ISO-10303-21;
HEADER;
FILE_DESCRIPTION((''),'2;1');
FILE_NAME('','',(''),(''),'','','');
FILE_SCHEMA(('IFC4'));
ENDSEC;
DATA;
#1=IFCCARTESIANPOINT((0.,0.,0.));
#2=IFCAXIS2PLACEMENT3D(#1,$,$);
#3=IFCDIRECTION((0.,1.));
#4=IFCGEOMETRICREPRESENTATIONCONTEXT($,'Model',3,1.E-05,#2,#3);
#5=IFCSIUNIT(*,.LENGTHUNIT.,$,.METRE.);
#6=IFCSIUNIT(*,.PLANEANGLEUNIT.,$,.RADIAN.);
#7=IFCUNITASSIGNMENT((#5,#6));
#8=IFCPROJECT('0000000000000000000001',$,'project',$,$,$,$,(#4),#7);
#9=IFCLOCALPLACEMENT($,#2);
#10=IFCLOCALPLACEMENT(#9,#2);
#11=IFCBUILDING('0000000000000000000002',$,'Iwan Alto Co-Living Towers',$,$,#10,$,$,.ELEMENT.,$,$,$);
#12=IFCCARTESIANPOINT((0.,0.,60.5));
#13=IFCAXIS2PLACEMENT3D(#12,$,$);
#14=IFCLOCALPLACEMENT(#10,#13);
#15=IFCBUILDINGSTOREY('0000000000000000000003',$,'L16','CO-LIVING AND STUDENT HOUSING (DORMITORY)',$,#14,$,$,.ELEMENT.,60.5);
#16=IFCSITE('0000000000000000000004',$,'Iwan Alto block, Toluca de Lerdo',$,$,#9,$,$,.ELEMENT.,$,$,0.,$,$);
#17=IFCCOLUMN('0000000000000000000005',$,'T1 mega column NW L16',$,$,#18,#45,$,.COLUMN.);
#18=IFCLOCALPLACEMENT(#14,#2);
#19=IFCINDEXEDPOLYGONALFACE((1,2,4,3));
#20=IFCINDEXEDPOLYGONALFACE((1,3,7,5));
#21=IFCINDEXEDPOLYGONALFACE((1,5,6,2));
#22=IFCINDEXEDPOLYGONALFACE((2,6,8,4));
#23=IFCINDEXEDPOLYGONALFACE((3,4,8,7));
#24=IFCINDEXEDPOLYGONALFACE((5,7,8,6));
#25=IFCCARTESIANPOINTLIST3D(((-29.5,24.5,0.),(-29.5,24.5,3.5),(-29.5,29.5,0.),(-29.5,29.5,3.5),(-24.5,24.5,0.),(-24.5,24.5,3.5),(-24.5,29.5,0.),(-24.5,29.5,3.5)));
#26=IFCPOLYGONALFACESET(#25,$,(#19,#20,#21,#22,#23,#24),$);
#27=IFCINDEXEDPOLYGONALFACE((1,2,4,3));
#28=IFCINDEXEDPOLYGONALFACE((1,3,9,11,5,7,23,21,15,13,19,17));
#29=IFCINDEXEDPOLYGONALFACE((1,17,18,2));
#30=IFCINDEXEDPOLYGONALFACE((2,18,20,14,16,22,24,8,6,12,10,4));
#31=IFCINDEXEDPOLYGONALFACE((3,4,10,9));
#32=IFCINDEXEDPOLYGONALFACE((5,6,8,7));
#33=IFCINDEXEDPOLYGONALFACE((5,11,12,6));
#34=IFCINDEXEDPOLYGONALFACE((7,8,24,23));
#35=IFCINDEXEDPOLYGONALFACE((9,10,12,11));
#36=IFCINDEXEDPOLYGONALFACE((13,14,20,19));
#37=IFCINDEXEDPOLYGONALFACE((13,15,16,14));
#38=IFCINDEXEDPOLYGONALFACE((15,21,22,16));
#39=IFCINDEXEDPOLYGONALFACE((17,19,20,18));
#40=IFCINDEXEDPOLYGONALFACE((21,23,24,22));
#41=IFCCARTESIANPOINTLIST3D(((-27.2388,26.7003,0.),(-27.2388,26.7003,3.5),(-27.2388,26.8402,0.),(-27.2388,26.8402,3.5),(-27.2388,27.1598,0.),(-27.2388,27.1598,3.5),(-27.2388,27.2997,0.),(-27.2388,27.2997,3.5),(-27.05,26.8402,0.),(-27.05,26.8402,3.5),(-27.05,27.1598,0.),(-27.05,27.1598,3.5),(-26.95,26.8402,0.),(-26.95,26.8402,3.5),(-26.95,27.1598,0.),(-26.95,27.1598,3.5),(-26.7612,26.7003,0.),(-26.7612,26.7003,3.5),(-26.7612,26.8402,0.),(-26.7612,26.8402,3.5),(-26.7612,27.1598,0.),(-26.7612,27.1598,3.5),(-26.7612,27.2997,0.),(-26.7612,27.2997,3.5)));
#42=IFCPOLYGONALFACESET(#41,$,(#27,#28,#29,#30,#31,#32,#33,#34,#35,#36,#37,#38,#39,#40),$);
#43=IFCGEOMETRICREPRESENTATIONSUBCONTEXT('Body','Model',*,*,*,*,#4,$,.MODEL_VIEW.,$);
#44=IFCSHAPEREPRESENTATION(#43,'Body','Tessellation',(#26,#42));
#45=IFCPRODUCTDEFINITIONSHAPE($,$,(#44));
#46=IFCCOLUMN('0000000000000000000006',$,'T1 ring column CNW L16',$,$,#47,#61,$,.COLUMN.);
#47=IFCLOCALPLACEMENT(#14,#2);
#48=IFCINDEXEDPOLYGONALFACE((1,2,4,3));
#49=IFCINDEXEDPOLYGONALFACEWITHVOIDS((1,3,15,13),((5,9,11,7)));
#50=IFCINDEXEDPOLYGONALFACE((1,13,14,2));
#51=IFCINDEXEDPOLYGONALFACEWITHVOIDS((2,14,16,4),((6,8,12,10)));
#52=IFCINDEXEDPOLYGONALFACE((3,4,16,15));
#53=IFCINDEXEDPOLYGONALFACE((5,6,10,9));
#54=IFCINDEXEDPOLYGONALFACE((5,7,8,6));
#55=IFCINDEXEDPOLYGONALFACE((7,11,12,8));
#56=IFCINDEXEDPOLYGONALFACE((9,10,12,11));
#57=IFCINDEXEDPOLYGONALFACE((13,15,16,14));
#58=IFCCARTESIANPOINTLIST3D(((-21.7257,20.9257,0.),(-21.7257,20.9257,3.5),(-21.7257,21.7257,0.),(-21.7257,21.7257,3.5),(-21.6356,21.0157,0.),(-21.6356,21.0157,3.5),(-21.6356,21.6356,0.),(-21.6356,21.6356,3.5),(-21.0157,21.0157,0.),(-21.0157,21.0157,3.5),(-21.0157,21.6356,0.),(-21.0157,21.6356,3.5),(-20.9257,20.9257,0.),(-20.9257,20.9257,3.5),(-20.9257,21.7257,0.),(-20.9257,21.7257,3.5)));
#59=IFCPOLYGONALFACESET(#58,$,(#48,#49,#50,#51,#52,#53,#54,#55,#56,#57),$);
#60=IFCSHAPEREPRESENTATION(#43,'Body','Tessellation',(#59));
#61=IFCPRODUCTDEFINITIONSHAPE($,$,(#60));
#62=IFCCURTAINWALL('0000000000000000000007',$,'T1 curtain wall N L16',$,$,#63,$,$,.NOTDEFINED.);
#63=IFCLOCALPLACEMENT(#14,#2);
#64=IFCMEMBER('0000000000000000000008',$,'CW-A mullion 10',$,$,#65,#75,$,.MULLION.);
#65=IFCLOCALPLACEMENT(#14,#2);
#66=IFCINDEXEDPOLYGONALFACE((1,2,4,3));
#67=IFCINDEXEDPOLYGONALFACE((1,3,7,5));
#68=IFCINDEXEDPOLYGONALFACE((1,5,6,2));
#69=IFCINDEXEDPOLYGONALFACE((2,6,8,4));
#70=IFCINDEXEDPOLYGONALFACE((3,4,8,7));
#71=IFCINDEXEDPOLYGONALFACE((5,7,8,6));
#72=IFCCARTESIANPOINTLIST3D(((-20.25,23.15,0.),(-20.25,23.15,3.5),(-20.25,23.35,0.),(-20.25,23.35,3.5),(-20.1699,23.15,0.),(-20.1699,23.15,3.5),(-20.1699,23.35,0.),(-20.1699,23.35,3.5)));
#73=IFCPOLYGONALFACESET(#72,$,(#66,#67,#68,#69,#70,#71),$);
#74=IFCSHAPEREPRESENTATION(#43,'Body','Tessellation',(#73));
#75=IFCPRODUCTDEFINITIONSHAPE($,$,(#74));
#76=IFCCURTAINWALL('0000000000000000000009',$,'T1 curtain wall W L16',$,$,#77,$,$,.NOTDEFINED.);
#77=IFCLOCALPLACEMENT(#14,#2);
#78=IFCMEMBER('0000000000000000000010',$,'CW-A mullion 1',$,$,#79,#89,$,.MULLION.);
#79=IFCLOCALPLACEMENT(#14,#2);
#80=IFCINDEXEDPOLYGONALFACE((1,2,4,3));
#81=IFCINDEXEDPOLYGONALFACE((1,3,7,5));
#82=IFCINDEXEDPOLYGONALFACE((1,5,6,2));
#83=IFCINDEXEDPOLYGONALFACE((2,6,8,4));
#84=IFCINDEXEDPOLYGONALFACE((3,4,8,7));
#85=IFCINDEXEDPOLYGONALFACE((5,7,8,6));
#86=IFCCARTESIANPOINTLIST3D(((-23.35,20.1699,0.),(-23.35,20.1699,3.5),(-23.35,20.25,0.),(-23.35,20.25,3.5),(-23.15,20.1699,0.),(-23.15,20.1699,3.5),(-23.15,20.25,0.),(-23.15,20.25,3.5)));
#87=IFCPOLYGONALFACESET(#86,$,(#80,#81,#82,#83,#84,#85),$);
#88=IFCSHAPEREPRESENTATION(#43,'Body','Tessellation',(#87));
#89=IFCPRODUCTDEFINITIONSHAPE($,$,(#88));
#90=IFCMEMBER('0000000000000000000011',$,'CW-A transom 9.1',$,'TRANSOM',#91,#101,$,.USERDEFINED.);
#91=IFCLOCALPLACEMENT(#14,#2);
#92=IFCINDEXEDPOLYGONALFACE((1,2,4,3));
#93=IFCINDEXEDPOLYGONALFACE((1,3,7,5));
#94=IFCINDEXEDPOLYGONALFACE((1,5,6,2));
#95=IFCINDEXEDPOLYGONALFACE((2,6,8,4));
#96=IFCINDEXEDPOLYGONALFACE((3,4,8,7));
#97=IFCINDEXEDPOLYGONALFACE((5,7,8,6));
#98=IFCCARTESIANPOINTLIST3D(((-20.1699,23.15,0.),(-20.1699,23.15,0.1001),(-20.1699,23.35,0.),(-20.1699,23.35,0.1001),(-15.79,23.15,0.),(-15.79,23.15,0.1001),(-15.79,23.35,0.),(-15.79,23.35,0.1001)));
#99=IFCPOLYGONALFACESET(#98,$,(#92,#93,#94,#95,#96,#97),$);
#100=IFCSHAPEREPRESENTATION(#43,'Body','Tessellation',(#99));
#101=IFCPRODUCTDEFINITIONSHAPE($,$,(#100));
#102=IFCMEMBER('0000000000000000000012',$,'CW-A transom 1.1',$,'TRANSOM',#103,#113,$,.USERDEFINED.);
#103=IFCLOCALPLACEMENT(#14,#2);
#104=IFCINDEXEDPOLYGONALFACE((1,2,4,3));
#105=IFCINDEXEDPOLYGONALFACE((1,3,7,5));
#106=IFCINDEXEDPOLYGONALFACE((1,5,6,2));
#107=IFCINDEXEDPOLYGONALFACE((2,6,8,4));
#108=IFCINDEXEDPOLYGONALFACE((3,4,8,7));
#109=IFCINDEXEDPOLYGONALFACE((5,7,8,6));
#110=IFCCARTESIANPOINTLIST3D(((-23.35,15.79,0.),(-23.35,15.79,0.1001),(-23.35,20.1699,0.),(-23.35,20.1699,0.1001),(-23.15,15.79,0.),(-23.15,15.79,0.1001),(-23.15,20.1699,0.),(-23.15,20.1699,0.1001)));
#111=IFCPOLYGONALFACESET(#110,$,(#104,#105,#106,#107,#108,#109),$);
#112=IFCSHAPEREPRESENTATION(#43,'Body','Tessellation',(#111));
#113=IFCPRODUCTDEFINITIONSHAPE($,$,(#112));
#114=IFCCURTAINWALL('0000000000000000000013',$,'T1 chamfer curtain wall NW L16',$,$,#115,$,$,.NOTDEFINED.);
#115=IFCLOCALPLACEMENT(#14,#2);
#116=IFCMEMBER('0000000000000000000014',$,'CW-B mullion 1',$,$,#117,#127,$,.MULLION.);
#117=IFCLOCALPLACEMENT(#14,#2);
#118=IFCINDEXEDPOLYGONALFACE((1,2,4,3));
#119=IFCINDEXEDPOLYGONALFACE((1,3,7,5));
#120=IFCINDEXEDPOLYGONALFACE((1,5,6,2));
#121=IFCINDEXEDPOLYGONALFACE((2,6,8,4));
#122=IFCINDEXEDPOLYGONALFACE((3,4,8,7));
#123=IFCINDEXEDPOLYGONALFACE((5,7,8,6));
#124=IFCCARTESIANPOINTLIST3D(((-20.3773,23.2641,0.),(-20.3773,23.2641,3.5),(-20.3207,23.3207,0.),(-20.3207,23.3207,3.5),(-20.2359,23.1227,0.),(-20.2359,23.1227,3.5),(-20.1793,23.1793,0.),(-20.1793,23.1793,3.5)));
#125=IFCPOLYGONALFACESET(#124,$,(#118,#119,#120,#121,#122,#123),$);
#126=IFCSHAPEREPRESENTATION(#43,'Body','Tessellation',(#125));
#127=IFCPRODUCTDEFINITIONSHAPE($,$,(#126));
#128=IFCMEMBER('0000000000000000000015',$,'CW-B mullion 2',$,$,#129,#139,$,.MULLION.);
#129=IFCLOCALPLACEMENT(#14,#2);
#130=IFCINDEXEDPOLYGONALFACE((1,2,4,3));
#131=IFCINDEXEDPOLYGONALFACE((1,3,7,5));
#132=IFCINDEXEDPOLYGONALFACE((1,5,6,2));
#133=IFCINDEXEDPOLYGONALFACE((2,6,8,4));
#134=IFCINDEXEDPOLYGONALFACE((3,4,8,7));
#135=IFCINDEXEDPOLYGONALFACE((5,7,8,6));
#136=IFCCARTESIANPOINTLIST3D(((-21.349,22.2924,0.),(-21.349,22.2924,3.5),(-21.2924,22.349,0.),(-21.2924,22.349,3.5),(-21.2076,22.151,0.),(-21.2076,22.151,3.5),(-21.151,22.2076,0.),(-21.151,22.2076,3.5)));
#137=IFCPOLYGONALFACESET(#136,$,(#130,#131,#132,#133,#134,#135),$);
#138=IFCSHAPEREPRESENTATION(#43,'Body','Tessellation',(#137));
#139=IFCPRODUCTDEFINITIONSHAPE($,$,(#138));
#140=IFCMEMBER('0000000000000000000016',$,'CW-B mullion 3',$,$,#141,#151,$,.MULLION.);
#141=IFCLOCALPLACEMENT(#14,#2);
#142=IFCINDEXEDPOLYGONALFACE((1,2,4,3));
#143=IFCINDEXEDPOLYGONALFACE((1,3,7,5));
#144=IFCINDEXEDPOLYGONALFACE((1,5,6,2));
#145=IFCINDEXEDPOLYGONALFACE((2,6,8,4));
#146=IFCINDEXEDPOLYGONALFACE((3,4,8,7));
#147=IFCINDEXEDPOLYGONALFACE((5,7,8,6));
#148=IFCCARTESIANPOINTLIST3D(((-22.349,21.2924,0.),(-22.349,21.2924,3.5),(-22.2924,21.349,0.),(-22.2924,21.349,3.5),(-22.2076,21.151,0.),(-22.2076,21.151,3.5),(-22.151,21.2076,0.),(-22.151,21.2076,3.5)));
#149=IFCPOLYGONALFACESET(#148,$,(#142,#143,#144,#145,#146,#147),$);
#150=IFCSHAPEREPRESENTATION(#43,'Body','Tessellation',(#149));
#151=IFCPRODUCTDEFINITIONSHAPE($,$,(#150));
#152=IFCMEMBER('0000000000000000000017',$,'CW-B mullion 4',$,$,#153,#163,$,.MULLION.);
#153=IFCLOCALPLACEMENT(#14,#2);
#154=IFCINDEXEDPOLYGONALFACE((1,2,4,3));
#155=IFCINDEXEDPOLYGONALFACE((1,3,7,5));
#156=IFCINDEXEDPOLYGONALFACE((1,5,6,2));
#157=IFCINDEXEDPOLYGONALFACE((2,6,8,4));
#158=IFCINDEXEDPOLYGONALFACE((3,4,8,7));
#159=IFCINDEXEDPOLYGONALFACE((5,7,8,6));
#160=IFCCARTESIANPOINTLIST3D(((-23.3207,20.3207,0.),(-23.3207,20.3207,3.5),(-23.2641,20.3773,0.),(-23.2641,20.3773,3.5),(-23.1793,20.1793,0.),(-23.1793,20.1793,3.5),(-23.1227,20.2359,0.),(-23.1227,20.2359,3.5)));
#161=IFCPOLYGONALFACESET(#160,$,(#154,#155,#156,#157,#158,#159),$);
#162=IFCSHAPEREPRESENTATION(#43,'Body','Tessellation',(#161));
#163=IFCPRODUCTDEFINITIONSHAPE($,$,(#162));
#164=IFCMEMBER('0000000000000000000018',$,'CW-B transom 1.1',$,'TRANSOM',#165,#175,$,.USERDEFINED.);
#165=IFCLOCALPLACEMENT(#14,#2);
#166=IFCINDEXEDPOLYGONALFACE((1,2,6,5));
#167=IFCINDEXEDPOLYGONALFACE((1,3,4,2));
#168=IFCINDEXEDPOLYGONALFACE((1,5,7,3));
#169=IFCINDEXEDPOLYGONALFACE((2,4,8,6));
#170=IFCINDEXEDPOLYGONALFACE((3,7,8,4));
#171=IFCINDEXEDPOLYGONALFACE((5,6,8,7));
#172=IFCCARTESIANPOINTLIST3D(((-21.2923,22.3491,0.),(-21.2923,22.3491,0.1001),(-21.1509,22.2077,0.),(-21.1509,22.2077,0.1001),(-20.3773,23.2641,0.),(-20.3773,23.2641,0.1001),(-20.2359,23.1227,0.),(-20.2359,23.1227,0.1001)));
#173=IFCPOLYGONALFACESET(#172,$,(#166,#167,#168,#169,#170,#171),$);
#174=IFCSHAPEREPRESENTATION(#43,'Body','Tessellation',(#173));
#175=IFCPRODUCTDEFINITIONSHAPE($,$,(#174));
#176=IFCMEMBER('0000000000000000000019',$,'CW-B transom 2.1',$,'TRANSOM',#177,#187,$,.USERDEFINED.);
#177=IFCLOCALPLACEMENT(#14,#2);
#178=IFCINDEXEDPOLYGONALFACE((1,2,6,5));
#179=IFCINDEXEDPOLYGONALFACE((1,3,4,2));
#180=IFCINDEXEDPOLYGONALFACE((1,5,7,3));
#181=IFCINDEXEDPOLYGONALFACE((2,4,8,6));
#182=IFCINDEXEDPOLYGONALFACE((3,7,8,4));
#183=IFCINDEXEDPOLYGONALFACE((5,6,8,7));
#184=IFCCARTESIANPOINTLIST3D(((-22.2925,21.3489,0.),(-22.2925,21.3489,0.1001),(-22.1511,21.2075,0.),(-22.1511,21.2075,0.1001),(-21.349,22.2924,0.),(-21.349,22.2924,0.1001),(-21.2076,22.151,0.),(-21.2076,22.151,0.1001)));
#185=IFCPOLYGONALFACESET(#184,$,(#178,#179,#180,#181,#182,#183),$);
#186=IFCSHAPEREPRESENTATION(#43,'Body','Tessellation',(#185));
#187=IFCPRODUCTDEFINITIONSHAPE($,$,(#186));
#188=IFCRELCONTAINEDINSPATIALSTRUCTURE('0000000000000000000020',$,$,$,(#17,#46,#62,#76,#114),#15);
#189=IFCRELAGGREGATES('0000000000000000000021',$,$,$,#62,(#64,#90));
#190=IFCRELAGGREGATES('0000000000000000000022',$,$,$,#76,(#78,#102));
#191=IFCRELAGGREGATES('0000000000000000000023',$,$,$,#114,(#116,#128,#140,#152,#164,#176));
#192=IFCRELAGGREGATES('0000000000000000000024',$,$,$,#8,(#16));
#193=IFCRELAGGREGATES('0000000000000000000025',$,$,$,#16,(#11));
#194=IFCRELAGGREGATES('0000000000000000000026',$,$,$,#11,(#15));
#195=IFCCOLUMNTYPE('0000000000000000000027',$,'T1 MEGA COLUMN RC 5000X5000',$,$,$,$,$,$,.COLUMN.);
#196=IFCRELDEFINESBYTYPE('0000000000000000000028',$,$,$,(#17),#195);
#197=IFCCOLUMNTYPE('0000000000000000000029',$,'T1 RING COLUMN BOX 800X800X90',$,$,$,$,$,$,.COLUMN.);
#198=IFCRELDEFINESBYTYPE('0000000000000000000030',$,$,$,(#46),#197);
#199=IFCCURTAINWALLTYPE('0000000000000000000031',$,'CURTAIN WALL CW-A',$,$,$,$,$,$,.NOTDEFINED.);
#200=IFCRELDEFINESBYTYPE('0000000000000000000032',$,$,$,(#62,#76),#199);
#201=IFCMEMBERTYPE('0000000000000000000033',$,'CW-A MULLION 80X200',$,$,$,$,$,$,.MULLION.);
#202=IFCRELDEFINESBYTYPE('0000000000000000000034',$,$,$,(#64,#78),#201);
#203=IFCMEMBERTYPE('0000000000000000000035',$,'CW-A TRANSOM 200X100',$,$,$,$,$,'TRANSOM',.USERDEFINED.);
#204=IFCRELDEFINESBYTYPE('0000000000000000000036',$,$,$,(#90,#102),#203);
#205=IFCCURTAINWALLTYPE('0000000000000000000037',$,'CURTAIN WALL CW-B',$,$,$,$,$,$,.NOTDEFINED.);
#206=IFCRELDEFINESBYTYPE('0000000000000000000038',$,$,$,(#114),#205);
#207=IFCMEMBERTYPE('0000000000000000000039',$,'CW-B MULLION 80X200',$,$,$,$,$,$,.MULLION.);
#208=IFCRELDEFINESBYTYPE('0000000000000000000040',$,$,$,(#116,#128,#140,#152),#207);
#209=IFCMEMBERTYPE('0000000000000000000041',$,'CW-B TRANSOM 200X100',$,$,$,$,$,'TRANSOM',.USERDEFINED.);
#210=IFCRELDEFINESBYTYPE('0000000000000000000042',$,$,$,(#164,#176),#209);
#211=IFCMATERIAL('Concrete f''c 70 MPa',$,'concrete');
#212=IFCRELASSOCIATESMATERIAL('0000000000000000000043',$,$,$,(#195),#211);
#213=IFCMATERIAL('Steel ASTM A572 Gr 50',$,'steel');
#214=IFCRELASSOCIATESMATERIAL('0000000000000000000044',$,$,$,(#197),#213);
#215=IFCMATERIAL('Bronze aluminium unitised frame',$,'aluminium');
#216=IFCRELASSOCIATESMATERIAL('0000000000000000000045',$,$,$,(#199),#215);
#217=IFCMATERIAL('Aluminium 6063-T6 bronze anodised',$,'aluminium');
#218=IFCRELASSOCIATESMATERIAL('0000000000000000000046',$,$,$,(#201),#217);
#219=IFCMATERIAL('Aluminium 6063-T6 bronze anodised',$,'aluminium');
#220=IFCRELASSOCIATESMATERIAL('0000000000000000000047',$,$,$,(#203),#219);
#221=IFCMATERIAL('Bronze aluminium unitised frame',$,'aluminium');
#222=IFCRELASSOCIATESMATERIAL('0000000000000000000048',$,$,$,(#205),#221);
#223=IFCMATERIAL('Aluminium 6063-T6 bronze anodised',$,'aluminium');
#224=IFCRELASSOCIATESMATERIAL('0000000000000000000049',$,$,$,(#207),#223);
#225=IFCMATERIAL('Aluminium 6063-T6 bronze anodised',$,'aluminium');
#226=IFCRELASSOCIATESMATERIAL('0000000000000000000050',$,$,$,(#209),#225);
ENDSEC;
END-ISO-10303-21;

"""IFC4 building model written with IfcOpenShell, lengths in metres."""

from ifc_helpers import new_model, si_unit, direction, frame, origin, origin_2d, place, context, subcontext, project, spatial, rectangle, hollow_rectangle, i_section, extrude, material, material_profile, profile_set, type_object, element, aggregate, save


model = new_model("IFC4")

# Units and contexts
model_context = context("Model", 3, precision=1e-05, world=origin(), true_north=direction((0.0, 1.0)))
body_context = subcontext(model_context, "Body", "Model", "MODEL_VIEW")
ifc_project = project(units=[si_unit("LENGTHUNIT", "METRE"), si_unit("PLANEANGLEUNIT", "RADIAN")], contexts=[model_context])

# Site, building, storey
site_placement = place(None, origin())
site = spatial("IfcSite", under=ifc_project, at=site_placement, Name="Iwan Alto block, Toluca de Lerdo", CompositionType="ELEMENT", RefElevation=0.0)
building_placement = place(site_placement, origin())
building = spatial("IfcBuilding", under=site, at=building_placement, Name="Iwan Alto Co-Living Towers", CompositionType="ELEMENT")
storey_placement = place(building_placement, frame((0.0, 0.0, 60.5)))
storey = spatial("IfcBuildingStorey", under=building, at=storey_placement, Name="L16", Description="CO-LIVING AND STUDENT HOUSING (DORMITORY)", CompositionType="ELEMENT", Elevation=60.5)

# Columns
ifc_material_1 = material(Name="Concrete f'c 70 MPa", Category="concrete")
ifc_material_profile_1 = material_profile(ifc_material_1, rectangle(XDim=5.0, YDim=5.0, at=origin_2d()), Name="RC 5000X5000")
ifc_profile_set_1 = profile_set([ifc_material_profile_1], Name="Concrete f'c 70 MPa")
column_type_1 = type_object("IfcColumnType", Name="T1 MEGA COLUMN RC 5000X5000", PredefinedType="COLUMN", material=ifc_profile_set_1)
column_1_placement = place(storey_placement, frame((-27.0, 27.0, 0.0), z_axis=(0.0, 0.0, 1.0), x_axis=(1.0, 0.0, 0.0)))
element("IfcColumn", 1, at=column_1_placement, inside=storey, type_object=column_type_1, Name="T1 mega column NW L16", PredefinedType="COLUMN", context=body_context, shape_type="SweptSolid", body=[
    extrude(rectangle(XDim=5.0, YDim=5.0, at=origin_2d()), origin(), (0.0, 0.0, 1.0), 3.5),
    extrude(i_section(OverallWidth=0.4775, OverallDepth=0.5994, WebThickness=0.1001, FlangeThickness=0.1399, at=origin_2d()), origin(), (0.0, 0.0, 1.0), 3.5),
])
ifc_material_2 = material(Name="Steel ASTM A572 Gr 50", Category="steel")
ifc_material_profile_2 = material_profile(ifc_material_2, hollow_rectangle(XDim=0.8, YDim=0.8, WallThickness=0.0901, at=origin_2d()), Name="BOX 800X800X90")
ifc_profile_set_2 = profile_set([ifc_material_profile_2], Name="Steel ASTM A572 Gr 50")
column_type_2 = type_object("IfcColumnType", Name="T1 RING COLUMN BOX 800X800X90", PredefinedType="COLUMN", material=ifc_profile_set_2)
column_2_placement = place(storey_placement, frame((-21.3257, 21.3257, 0.0), z_axis=(0.0, 0.0, 1.0), x_axis=(1.0, 0.0, 0.0)))
element("IfcColumn", 2, at=column_2_placement, inside=storey, type_object=column_type_2, Name="T1 ring column CNW L16", PredefinedType="COLUMN", context=body_context, shape_type="SweptSolid", body=[
    extrude(hollow_rectangle(XDim=0.8, YDim=0.8, WallThickness=0.0901, at=origin_2d()), origin(), (0.0, 0.0, 1.0), 3.5),
])

# Curtain walls, members
ifc_material_3 = material(Name="Bronze aluminium unitised frame", Category="aluminium")
curtain_wall_type_1 = type_object("IfcCurtainWallType", Name="CURTAIN WALL CW-A", PredefinedType="NOTDEFINED", material=ifc_material_3)
curtain_wall_1_placement = place(storey_placement, origin())
curtain_wall_1 = element("IfcCurtainWall", 3, at=curtain_wall_1_placement, inside=storey, type_object=curtain_wall_type_1, Name="T1 curtain wall N L16", PredefinedType="NOTDEFINED")
ifc_material_4 = material(Name="Aluminium 6063-T6 bronze anodised", Category="aluminium")
ifc_material_profile_3 = material_profile(ifc_material_4, rectangle(XDim=0.2, YDim=0.0801, at=origin_2d()), Name="AL 80X200")
ifc_profile_set_3 = profile_set([ifc_material_profile_3], Name="Aluminium 6063-T6 bronze anodised")
member_type_1 = type_object("IfcMemberType", Name="CW-A MULLION 80X200", PredefinedType="MULLION", material=ifc_profile_set_3)
member_1_placement = place(storey_placement, frame((-20.21, 23.25, 0.0), z_axis=(0.0, 0.0, 1.0), x_axis=(0.0, -1.0, 0.0)))
member_1 = element("IfcMember", 4, at=member_1_placement, type_object=member_type_1, Name="CW-A mullion 10", PredefinedType="MULLION", context=body_context, shape_type="SweptSolid", body=[
    extrude(rectangle(XDim=0.2, YDim=0.0801, at=origin_2d()), origin(), (0.0, 0.0, 1.0), 3.5),
])
curtain_wall_2_placement = place(storey_placement, origin())
curtain_wall_2 = element("IfcCurtainWall", 5, at=curtain_wall_2_placement, inside=storey, type_object=curtain_wall_type_1, Name="T1 curtain wall W L16", PredefinedType="NOTDEFINED")
member_2_placement = place(storey_placement, frame((-23.25, 20.21, 0.0), z_axis=(0.0, 0.0, 1.0), x_axis=(1.0, 0.0, 0.0)))
member_2 = element("IfcMember", 6, at=member_2_placement, type_object=member_type_1, Name="CW-A mullion 1", PredefinedType="MULLION", context=body_context, shape_type="SweptSolid", body=[
    extrude(rectangle(XDim=0.2, YDim=0.0801, at=origin_2d()), origin(), (0.0, 0.0, 1.0), 3.5),
])

# Members
ifc_material_5 = material(Name="Aluminium 6063-T6 bronze anodised", Category="aluminium")
ifc_material_profile_4 = material_profile(ifc_material_5, rectangle(XDim=0.2, YDim=0.1001, at=origin_2d()), Name="AL 200X100")
ifc_profile_set_4 = profile_set([ifc_material_profile_4], Name="Aluminium 6063-T6 bronze anodised")
member_type_2 = type_object("IfcMemberType", Name="CW-A TRANSOM 200X100", ElementType="TRANSOM", PredefinedType="USERDEFINED", material=ifc_profile_set_4)
member_3_placement = place(storey_placement, frame((-15.79, 23.25, 0.05), z_axis=(-1.0, 0.0, 0.0), x_axis=(0.0, -1.0, 0.0)))
member_3 = element("IfcMember", 7, at=member_3_placement, type_object=member_type_2, Name="CW-A transom 9.1", ObjectType="TRANSOM", PredefinedType="USERDEFINED", context=body_context, shape_type="SweptSolid", body=[
    extrude(rectangle(XDim=0.2, YDim=0.1001, at=origin_2d()), origin(), (0.0, 0.0, 1.0), 4.3799),
])
member_4_placement = place(storey_placement, frame((-23.25, 20.1699, 0.05), z_axis=(0.0, -1.0, 0.0), x_axis=(1.0, 0.0, 0.0)))
member_4 = element("IfcMember", 8, at=member_4_placement, type_object=member_type_2, Name="CW-A transom 1.1", ObjectType="TRANSOM", PredefinedType="USERDEFINED", context=body_context, shape_type="SweptSolid", body=[
    extrude(rectangle(XDim=0.2, YDim=0.1001, at=origin_2d()), origin(), (0.0, 0.0, 1.0), 4.3799),
])

# Curtain wall, members
ifc_material_6 = material(Name="Bronze aluminium unitised frame", Category="aluminium")
curtain_wall_type_2 = type_object("IfcCurtainWallType", Name="CURTAIN WALL CW-B", PredefinedType="NOTDEFINED", material=ifc_material_6)
curtain_wall_3_placement = place(storey_placement, origin())
curtain_wall_3 = element("IfcCurtainWall", 9, at=curtain_wall_3_placement, inside=storey, type_object=curtain_wall_type_2, Name="T1 chamfer curtain wall NW L16", PredefinedType="NOTDEFINED")
ifc_material_7 = material(Name="Aluminium 6063-T6 bronze anodised", Category="aluminium")
ifc_material_profile_5 = material_profile(ifc_material_7, rectangle(XDim=0.2, YDim=0.0801, at=origin_2d()), Name="AL 80X200")
ifc_profile_set_5 = profile_set([ifc_material_profile_5], Name="Aluminium 6063-T6 bronze anodised")
member_type_3 = type_object("IfcMemberType", Name="CW-B MULLION 80X200", PredefinedType="MULLION", material=ifc_profile_set_5)
member_5_placement = place(storey_placement, frame((-20.2783, 23.2217, 0.0), z_axis=(0.0, 0.0, 1.0), x_axis=(0.707107, -0.707107, 0.0)))
member_5 = element("IfcMember", 10, at=member_5_placement, type_object=member_type_3, Name="CW-B mullion 1", PredefinedType="MULLION", context=body_context, shape_type="SweptSolid", body=[
    extrude(rectangle(XDim=0.2, YDim=0.0801, at=origin_2d()), origin(), (0.0, 0.0, 1.0), 3.5),
])
member_6_placement = place(storey_placement, frame((-21.25, 22.25, 0.0), z_axis=(0.0, 0.0, 1.0), x_axis=(0.707107, -0.707107, 0.0)))
member_6 = element("IfcMember", 11, at=member_6_placement, type_object=member_type_3, Name="CW-B mullion 2", PredefinedType="MULLION", context=body_context, shape_type="SweptSolid", body=[
    extrude(rectangle(XDim=0.2, YDim=0.0801, at=origin_2d()), origin(), (0.0, 0.0, 1.0), 3.5),
])
member_7_placement = place(storey_placement, frame((-22.25, 21.25, 0.0), z_axis=(0.0, 0.0, 1.0), x_axis=(0.707107, -0.707107, 0.0)))
member_7 = element("IfcMember", 12, at=member_7_placement, type_object=member_type_3, Name="CW-B mullion 3", PredefinedType="MULLION", context=body_context, shape_type="SweptSolid", body=[
    extrude(rectangle(XDim=0.2, YDim=0.0801, at=origin_2d()), origin(), (0.0, 0.0, 1.0), 3.5),
])
member_8_placement = place(storey_placement, frame((-23.2217, 20.2783, 0.0), z_axis=(0.0, 0.0, 1.0), x_axis=(0.707107, -0.707107, 0.0)))
member_8 = element("IfcMember", 13, at=member_8_placement, type_object=member_type_3, Name="CW-B mullion 4", PredefinedType="MULLION", context=body_context, shape_type="SweptSolid", body=[
    extrude(rectangle(XDim=0.2, YDim=0.0801, at=origin_2d()), origin(), (0.0, 0.0, 1.0), 3.5),
])
ifc_material_8 = material(Name="Aluminium 6063-T6 bronze anodised", Category="aluminium")
ifc_material_profile_6 = material_profile(ifc_material_8, rectangle(XDim=0.2, YDim=0.1001, at=origin_2d()), Name="AL 200X100")
ifc_profile_set_6 = profile_set([ifc_material_profile_6], Name="Aluminium 6063-T6 bronze anodised")
member_type_4 = type_object("IfcMemberType", Name="CW-B TRANSOM 200X100", ElementType="TRANSOM", PredefinedType="USERDEFINED", material=ifc_profile_set_6)
member_9_placement = place(storey_placement, frame((-20.3066, 23.1934, 0.05), z_axis=(-0.707107, -0.707107, 0.0), x_axis=(0.707107, -0.707107, 0.0)))
member_9 = element("IfcMember", 14, at=member_9_placement, type_object=member_type_4, Name="CW-B transom 1.1", ObjectType="TRANSOM", PredefinedType="USERDEFINED", context=body_context, shape_type="SweptSolid", body=[
    extrude(rectangle(XDim=0.2, YDim=0.1001, at=origin_2d()), origin(), (0.0, 0.0, 1.0), 1.2939),
])
member_10_placement = place(storey_placement, frame((-21.2783, 22.2217, 0.05), z_axis=(-0.707107, -0.707107, 0.0), x_axis=(0.707107, -0.707107, 0.0)))
member_10 = element("IfcMember", 15, at=member_10_placement, type_object=member_type_4, Name="CW-B transom 2.1", ObjectType="TRANSOM", PredefinedType="USERDEFINED", context=body_context, shape_type="SweptSolid", body=[
    extrude(rectangle(XDim=0.2, YDim=0.1001, at=origin_2d()), origin(), (0.0, 0.0, 1.0), 1.3342),
])

aggregate(curtain_wall_1, [member_1, member_3])
aggregate(curtain_wall_2, [member_2, member_4])
aggregate(curtain_wall_3, [member_5, member_6, member_7, member_8, member_9, member_10])

save(model, "model.ifc")
